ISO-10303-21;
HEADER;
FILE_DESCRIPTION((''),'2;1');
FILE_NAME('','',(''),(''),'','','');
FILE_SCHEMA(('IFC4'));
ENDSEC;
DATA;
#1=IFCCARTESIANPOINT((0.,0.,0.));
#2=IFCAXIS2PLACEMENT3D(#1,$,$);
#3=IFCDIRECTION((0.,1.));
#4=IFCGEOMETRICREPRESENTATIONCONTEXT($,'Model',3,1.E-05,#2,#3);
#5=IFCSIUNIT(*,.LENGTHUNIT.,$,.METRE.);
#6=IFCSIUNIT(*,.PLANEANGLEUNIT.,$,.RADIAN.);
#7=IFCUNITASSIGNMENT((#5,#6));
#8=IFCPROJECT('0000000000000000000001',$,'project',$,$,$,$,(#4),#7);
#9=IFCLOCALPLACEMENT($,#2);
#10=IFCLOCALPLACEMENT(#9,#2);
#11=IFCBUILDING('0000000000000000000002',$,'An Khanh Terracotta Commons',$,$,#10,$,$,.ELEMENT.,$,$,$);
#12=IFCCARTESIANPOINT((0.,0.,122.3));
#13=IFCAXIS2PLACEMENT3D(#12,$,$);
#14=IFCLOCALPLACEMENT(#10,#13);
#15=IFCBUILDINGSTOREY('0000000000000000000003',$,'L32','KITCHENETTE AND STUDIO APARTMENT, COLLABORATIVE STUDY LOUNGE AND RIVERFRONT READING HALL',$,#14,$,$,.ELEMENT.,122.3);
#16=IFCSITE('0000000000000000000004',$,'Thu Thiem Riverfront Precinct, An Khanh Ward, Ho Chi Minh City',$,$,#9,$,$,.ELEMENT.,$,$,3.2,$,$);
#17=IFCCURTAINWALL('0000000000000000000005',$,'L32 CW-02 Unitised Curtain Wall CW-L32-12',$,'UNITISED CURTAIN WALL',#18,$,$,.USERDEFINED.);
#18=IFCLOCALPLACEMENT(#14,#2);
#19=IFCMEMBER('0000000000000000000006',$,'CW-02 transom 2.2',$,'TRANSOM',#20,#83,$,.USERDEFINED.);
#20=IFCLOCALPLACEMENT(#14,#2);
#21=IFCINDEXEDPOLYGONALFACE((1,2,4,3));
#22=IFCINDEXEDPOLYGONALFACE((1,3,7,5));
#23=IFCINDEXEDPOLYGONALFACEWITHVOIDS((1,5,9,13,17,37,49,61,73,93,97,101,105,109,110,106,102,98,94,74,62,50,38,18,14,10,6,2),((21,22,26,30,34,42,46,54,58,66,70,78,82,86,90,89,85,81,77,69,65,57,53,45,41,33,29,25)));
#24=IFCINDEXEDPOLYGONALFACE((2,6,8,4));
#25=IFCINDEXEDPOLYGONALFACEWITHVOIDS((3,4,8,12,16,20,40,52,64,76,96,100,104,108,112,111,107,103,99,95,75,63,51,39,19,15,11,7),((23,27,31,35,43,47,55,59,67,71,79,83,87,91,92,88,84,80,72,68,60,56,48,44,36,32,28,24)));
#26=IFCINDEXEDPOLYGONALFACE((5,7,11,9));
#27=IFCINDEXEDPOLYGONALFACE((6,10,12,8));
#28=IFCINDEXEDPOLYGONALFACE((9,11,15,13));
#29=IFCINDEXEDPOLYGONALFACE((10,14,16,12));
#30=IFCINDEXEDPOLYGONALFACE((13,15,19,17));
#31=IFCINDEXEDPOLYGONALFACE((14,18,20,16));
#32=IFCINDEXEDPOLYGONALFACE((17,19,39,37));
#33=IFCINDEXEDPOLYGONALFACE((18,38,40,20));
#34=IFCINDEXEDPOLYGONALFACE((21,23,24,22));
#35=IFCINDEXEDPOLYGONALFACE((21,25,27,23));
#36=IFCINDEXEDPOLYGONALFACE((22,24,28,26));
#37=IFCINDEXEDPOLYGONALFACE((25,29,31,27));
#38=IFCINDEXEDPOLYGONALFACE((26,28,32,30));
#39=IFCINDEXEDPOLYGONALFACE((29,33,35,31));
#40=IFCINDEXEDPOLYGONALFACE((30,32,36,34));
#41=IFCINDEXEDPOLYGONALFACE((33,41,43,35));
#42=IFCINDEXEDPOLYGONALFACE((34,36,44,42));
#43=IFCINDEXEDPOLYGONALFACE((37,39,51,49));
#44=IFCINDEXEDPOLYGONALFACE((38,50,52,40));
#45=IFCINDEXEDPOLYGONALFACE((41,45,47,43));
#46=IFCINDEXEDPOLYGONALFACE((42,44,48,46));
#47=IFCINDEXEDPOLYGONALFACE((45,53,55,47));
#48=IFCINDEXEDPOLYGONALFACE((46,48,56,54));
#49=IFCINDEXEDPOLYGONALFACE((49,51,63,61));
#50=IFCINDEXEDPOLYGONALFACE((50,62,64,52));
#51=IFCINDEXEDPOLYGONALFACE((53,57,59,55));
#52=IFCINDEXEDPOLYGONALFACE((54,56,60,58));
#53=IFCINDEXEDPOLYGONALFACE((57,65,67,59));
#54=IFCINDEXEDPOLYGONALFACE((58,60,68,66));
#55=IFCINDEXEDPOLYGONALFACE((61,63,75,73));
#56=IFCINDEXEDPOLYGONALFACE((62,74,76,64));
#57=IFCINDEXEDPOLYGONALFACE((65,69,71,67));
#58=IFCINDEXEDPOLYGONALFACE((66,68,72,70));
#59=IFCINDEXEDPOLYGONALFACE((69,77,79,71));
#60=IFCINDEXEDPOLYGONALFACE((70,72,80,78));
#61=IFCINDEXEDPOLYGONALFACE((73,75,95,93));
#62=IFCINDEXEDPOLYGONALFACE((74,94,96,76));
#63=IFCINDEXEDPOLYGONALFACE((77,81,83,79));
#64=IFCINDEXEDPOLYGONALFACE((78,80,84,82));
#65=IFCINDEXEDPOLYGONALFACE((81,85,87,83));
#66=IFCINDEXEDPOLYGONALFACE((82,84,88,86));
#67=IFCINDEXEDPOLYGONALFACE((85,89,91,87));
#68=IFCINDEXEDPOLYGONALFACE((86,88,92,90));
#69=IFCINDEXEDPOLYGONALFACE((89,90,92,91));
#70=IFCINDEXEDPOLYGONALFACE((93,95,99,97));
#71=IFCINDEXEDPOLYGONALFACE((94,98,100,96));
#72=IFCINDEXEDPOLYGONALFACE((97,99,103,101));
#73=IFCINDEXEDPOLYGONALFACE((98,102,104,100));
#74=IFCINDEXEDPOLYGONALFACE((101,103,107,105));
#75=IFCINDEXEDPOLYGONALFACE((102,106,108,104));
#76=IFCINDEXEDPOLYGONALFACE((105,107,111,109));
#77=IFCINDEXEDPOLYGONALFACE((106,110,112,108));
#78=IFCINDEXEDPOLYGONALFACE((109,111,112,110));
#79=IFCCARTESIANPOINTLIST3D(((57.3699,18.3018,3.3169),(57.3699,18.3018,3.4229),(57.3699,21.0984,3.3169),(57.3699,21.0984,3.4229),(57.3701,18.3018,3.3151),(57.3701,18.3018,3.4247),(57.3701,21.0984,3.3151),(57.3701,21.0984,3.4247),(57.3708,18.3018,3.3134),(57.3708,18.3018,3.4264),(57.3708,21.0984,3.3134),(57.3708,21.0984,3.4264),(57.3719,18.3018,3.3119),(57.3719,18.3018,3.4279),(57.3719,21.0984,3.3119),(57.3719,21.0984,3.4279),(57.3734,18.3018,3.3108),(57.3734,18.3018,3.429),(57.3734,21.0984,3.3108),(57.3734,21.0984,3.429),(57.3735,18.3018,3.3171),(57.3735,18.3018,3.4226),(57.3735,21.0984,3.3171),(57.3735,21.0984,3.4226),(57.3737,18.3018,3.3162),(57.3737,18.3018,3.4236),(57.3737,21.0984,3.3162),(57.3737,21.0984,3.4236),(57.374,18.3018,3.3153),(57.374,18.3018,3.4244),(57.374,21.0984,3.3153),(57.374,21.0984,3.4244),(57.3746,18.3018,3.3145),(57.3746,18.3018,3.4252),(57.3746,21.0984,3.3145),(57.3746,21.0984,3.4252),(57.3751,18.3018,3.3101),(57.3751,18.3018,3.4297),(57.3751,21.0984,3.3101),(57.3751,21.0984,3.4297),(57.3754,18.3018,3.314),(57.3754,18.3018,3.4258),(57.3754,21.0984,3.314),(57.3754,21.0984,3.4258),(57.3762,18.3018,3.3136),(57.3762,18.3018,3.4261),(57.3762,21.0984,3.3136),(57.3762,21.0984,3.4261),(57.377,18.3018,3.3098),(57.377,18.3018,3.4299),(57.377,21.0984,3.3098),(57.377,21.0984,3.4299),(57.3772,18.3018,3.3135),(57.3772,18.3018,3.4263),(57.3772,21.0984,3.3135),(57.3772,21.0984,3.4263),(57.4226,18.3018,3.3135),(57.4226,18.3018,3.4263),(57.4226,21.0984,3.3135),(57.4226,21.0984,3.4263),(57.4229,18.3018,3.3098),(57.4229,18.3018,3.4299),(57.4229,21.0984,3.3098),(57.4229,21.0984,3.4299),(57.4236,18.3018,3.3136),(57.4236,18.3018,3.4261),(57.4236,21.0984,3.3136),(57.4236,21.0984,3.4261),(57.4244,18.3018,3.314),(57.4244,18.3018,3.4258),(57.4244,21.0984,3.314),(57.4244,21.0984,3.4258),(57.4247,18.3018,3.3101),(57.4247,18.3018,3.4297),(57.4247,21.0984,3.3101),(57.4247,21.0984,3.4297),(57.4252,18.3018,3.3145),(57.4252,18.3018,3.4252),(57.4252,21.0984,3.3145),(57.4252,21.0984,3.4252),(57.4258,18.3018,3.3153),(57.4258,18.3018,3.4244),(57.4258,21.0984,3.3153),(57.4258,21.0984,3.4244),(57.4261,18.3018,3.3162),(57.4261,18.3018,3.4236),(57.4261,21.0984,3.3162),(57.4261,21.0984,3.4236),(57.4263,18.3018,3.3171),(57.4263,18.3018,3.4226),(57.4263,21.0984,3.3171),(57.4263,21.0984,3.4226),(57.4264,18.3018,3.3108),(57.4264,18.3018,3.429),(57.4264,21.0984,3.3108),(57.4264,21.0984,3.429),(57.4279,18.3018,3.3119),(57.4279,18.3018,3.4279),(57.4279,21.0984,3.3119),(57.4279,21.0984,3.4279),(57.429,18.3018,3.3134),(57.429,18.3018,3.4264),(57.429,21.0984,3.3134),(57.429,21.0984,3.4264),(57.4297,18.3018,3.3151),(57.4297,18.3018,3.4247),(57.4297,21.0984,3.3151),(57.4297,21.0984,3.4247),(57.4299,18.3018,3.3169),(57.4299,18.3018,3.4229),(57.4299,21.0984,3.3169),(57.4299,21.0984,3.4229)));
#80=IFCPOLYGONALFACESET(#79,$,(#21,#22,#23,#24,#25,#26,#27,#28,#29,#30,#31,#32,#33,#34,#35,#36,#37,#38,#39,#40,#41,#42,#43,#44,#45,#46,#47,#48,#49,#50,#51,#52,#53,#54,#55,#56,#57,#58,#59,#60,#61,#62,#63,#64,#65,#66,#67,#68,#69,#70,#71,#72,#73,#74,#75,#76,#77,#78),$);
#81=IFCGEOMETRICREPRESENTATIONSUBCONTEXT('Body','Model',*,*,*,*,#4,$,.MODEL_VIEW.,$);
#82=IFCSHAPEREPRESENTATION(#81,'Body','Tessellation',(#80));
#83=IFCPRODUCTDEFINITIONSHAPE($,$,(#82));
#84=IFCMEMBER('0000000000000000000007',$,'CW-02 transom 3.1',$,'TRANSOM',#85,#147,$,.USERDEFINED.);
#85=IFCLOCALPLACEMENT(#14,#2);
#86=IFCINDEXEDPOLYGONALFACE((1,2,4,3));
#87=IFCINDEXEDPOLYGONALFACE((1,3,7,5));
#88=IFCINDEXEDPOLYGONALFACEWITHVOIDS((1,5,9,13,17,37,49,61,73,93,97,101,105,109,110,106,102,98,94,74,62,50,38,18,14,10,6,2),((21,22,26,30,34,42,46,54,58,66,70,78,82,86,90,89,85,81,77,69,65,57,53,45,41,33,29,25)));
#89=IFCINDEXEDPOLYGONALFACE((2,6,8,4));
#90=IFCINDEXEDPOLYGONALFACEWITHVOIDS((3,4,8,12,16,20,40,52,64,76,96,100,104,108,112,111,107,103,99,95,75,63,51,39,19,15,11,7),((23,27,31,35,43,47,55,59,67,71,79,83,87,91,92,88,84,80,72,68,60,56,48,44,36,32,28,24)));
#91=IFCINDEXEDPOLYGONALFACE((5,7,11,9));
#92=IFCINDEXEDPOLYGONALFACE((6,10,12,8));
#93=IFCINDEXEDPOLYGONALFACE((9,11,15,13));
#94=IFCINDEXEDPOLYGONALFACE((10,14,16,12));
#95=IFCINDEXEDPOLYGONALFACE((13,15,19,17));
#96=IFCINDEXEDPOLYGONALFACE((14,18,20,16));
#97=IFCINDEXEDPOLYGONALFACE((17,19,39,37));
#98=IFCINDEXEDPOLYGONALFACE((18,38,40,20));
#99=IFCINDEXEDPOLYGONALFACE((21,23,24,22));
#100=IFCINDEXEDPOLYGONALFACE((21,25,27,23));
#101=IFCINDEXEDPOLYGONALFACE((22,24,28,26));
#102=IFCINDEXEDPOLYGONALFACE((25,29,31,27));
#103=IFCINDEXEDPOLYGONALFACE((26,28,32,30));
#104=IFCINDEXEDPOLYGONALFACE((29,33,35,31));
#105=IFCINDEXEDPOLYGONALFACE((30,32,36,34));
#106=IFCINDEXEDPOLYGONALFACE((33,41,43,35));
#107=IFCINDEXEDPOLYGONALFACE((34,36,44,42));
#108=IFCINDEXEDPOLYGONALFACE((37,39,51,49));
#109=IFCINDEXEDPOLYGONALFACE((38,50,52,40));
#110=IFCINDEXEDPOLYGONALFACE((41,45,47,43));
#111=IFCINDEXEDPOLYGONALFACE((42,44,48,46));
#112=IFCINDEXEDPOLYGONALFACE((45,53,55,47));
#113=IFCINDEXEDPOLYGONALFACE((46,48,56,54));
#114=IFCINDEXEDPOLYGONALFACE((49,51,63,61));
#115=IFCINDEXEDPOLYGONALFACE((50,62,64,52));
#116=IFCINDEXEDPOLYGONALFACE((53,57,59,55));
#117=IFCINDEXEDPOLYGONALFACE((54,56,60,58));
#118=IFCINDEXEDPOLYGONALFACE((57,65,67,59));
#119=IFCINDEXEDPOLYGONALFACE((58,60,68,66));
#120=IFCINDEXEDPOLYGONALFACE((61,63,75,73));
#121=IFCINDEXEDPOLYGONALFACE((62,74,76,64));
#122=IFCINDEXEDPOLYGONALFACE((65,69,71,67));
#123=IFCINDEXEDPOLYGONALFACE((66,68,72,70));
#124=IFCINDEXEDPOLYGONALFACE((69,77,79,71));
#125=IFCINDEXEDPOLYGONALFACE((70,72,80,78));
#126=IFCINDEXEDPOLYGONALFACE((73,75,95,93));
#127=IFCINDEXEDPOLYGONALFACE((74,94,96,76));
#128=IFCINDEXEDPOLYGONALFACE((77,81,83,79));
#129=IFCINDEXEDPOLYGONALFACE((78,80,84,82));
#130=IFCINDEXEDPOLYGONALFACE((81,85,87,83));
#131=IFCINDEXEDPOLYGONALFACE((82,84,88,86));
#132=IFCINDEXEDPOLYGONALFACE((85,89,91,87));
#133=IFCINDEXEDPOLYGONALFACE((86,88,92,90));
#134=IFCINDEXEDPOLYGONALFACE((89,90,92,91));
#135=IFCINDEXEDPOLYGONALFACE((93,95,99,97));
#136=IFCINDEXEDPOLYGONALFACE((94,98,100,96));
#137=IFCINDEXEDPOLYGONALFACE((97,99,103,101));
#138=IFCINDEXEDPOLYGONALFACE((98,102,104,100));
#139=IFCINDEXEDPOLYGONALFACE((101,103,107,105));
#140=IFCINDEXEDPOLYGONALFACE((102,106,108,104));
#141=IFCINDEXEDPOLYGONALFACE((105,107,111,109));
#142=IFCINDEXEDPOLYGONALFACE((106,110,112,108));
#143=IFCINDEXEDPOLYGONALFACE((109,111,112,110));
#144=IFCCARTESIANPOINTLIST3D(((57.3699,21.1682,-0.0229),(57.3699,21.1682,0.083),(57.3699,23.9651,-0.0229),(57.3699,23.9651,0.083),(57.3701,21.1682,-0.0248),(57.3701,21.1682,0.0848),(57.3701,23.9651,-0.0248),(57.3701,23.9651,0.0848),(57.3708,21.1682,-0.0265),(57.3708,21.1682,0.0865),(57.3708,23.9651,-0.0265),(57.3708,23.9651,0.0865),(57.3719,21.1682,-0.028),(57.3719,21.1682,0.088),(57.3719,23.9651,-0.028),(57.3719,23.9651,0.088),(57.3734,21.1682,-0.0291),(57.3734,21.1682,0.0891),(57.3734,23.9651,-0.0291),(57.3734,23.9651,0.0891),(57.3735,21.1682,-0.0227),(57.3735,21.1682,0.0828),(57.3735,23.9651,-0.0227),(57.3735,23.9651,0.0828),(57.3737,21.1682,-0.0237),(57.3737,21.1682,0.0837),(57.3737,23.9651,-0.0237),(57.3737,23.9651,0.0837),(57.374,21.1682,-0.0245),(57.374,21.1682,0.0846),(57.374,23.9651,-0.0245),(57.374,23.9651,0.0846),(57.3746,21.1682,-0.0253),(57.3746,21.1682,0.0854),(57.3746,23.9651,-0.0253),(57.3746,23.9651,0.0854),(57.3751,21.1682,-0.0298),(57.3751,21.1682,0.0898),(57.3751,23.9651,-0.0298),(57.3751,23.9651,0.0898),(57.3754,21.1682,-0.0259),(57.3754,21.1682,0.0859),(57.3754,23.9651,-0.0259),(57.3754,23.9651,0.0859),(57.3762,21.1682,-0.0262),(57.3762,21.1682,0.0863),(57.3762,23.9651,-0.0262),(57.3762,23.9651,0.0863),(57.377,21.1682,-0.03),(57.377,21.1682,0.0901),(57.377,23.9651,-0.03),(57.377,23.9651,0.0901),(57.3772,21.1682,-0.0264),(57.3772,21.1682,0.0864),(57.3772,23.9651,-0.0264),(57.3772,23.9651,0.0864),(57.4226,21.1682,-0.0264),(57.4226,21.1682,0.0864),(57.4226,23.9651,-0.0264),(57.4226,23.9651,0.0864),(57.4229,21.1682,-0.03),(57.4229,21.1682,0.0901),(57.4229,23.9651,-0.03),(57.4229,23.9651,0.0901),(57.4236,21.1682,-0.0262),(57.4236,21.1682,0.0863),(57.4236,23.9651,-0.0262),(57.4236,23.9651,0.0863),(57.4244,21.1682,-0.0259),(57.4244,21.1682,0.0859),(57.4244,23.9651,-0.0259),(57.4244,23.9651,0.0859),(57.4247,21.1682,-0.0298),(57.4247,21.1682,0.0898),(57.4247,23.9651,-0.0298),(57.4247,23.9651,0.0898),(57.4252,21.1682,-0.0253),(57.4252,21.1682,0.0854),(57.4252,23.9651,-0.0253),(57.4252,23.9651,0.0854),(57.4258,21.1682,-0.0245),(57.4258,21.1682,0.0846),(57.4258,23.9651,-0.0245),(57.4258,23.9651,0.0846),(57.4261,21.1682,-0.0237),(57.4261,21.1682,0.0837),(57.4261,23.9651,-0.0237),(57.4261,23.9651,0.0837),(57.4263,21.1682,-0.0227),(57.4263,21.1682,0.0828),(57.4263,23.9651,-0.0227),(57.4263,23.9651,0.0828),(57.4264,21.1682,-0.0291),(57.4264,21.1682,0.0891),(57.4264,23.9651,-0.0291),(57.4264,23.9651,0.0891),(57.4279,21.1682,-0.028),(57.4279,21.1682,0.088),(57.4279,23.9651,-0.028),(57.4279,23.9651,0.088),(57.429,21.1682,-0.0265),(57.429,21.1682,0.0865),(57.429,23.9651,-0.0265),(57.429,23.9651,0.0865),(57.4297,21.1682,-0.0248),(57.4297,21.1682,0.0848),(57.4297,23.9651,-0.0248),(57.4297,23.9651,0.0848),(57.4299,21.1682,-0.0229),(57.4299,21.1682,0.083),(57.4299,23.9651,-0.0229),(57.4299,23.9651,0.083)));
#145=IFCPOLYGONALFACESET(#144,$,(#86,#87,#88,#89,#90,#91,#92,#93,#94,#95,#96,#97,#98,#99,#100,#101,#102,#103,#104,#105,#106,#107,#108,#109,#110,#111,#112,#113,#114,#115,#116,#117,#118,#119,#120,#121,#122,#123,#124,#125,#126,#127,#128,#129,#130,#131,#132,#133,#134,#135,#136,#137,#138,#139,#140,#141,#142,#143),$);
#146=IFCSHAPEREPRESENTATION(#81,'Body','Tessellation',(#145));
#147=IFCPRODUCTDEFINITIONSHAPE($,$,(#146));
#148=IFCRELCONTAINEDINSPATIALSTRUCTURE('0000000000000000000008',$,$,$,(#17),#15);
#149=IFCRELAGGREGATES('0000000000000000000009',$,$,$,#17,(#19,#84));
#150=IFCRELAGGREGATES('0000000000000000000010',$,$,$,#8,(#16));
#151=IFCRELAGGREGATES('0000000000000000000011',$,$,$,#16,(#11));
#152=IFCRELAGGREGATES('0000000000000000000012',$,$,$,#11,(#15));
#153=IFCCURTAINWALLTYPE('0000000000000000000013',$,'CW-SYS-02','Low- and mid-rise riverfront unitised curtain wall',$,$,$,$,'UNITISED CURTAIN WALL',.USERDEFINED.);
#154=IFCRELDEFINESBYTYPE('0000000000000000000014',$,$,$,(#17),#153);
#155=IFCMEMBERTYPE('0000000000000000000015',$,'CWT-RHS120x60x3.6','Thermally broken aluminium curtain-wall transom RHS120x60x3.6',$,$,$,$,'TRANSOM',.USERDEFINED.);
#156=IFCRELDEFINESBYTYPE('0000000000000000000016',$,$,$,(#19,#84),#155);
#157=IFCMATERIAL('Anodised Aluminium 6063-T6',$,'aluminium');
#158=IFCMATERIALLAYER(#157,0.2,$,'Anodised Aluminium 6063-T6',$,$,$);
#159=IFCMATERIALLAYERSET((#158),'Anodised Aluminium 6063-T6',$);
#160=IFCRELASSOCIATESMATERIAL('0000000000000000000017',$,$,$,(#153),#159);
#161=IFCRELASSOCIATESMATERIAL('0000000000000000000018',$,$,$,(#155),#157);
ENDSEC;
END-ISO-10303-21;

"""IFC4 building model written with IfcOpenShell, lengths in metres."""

from ifc_helpers import new_model, si_unit, direction, frame, origin, origin_2d, place, context, subcontext, project, spatial, hollow_rectangle, extrude, material, layer, layer_set, material_profile, profile_set, type_object, element, aggregate, save


model = new_model("IFC4")

# Units and contexts
model_context = context("Model", 3, precision=1e-05, world=origin(), true_north=direction((0.0, 1.0)))
body_context = subcontext(model_context, "Body", "Model", "MODEL_VIEW")
ifc_project = project(units=[si_unit("LENGTHUNIT", "METRE"), si_unit("PLANEANGLEUNIT", "RADIAN")], contexts=[model_context])

# Site, building, storey
site_placement = place(None, origin())
site = spatial("IfcSite", under=ifc_project, at=site_placement, Name="Thu Thiem Riverfront Precinct, An Khanh Ward, Ho Chi Minh City", CompositionType="ELEMENT", RefElevation=3.2)
building_placement = place(site_placement, origin())
building = spatial("IfcBuilding", under=site, at=building_placement, Name="An Khanh Terracotta Commons", CompositionType="ELEMENT")
storey_placement = place(building_placement, frame((0.0, 0.0, 122.3)))
storey = spatial("IfcBuildingStorey", under=building, at=storey_placement, Name="L32", Description="KITCHENETTE AND STUDIO APARTMENT, COLLABORATIVE STUDY LOUNGE AND RIVERFRONT READING HALL", CompositionType="ELEMENT", Elevation=122.3)

# Curtain wall
ifc_material_1 = material(Name="Anodised Aluminium 6063-T6", Category="aluminium")
ifc_layer_1 = layer(ifc_material_1, 0.2, Name="Anodised Aluminium 6063-T6")
ifc_layer_set_1 = layer_set([ifc_layer_1], Name="Anodised Aluminium 6063-T6")
curtain_wall_type = type_object("IfcCurtainWallType", Name="CW-SYS-02", Description="Low- and mid-rise riverfront unitised curtain wall", ElementType="UNITISED CURTAIN WALL", PredefinedType="USERDEFINED", material=ifc_layer_set_1)
curtain_wall_1_placement = place(storey_placement, origin())
curtain_wall_1 = element("IfcCurtainWall", 1, at=curtain_wall_1_placement, inside=storey, type_object=curtain_wall_type, Name="L32 CW-02 Unitised Curtain Wall CW-L32-12", ObjectType="UNITISED CURTAIN WALL", PredefinedType="USERDEFINED")

# Members
ifc_material_profile_1 = material_profile(ifc_material_1, hollow_rectangle(XDim=0.0601, YDim=0.1201, WallThickness=0.0037, InnerFilletRadius=0.0037, OuterFilletRadius=0.0071, at=origin_2d()), Name="RHS120x60x3.6")
ifc_profile_set_1 = profile_set([ifc_material_profile_1], Name="Anodised Aluminium 6063-T6")
member_type_1 = type_object("IfcMemberType", Name="CWT-RHS120x60x3.6", Description="Thermally broken aluminium curtain-wall transom RHS120x60x3.6", ElementType="TRANSOM", PredefinedType="USERDEFINED", material=ifc_profile_set_1)
member_1_placement = place(storey_placement, frame((57.3999, 18.3018, 3.3699), z_axis=(0.0, 1.0, 0.0), x_axis=(-1.0, 0.0, 0.0)))
member_1 = element("IfcMember", 2, at=member_1_placement, type_object=member_type_1, Name="CW-02 transom 2.2", ObjectType="TRANSOM", PredefinedType="USERDEFINED", context=body_context, shape_type="SweptSolid", body=[
    extrude(hollow_rectangle(XDim=0.0601, YDim=0.1201, WallThickness=0.0037, InnerFilletRadius=0.0037, OuterFilletRadius=0.0071, at=origin_2d()), origin(), (0.0, 0.0, 1.0), 2.7966),
])
member_2_placement = place(storey_placement, frame((57.3999, 21.1682, 0.03), z_axis=(0.0, 1.0, 0.0), x_axis=(-1.0, 0.0, 0.0)))
member_2 = element("IfcMember", 3, at=member_2_placement, type_object=member_type_1, Name="CW-02 transom 3.1", ObjectType="TRANSOM", PredefinedType="USERDEFINED", context=body_context, shape_type="SweptSolid", body=[
    extrude(hollow_rectangle(XDim=0.0601, YDim=0.1201, WallThickness=0.0037, InnerFilletRadius=0.0037, OuterFilletRadius=0.0071, at=origin_2d()), origin(), (0.0, 0.0, 1.0), 2.7969),
])

aggregate(curtain_wall_1, [member_1, member_2])

save(model, "model.ifc")
